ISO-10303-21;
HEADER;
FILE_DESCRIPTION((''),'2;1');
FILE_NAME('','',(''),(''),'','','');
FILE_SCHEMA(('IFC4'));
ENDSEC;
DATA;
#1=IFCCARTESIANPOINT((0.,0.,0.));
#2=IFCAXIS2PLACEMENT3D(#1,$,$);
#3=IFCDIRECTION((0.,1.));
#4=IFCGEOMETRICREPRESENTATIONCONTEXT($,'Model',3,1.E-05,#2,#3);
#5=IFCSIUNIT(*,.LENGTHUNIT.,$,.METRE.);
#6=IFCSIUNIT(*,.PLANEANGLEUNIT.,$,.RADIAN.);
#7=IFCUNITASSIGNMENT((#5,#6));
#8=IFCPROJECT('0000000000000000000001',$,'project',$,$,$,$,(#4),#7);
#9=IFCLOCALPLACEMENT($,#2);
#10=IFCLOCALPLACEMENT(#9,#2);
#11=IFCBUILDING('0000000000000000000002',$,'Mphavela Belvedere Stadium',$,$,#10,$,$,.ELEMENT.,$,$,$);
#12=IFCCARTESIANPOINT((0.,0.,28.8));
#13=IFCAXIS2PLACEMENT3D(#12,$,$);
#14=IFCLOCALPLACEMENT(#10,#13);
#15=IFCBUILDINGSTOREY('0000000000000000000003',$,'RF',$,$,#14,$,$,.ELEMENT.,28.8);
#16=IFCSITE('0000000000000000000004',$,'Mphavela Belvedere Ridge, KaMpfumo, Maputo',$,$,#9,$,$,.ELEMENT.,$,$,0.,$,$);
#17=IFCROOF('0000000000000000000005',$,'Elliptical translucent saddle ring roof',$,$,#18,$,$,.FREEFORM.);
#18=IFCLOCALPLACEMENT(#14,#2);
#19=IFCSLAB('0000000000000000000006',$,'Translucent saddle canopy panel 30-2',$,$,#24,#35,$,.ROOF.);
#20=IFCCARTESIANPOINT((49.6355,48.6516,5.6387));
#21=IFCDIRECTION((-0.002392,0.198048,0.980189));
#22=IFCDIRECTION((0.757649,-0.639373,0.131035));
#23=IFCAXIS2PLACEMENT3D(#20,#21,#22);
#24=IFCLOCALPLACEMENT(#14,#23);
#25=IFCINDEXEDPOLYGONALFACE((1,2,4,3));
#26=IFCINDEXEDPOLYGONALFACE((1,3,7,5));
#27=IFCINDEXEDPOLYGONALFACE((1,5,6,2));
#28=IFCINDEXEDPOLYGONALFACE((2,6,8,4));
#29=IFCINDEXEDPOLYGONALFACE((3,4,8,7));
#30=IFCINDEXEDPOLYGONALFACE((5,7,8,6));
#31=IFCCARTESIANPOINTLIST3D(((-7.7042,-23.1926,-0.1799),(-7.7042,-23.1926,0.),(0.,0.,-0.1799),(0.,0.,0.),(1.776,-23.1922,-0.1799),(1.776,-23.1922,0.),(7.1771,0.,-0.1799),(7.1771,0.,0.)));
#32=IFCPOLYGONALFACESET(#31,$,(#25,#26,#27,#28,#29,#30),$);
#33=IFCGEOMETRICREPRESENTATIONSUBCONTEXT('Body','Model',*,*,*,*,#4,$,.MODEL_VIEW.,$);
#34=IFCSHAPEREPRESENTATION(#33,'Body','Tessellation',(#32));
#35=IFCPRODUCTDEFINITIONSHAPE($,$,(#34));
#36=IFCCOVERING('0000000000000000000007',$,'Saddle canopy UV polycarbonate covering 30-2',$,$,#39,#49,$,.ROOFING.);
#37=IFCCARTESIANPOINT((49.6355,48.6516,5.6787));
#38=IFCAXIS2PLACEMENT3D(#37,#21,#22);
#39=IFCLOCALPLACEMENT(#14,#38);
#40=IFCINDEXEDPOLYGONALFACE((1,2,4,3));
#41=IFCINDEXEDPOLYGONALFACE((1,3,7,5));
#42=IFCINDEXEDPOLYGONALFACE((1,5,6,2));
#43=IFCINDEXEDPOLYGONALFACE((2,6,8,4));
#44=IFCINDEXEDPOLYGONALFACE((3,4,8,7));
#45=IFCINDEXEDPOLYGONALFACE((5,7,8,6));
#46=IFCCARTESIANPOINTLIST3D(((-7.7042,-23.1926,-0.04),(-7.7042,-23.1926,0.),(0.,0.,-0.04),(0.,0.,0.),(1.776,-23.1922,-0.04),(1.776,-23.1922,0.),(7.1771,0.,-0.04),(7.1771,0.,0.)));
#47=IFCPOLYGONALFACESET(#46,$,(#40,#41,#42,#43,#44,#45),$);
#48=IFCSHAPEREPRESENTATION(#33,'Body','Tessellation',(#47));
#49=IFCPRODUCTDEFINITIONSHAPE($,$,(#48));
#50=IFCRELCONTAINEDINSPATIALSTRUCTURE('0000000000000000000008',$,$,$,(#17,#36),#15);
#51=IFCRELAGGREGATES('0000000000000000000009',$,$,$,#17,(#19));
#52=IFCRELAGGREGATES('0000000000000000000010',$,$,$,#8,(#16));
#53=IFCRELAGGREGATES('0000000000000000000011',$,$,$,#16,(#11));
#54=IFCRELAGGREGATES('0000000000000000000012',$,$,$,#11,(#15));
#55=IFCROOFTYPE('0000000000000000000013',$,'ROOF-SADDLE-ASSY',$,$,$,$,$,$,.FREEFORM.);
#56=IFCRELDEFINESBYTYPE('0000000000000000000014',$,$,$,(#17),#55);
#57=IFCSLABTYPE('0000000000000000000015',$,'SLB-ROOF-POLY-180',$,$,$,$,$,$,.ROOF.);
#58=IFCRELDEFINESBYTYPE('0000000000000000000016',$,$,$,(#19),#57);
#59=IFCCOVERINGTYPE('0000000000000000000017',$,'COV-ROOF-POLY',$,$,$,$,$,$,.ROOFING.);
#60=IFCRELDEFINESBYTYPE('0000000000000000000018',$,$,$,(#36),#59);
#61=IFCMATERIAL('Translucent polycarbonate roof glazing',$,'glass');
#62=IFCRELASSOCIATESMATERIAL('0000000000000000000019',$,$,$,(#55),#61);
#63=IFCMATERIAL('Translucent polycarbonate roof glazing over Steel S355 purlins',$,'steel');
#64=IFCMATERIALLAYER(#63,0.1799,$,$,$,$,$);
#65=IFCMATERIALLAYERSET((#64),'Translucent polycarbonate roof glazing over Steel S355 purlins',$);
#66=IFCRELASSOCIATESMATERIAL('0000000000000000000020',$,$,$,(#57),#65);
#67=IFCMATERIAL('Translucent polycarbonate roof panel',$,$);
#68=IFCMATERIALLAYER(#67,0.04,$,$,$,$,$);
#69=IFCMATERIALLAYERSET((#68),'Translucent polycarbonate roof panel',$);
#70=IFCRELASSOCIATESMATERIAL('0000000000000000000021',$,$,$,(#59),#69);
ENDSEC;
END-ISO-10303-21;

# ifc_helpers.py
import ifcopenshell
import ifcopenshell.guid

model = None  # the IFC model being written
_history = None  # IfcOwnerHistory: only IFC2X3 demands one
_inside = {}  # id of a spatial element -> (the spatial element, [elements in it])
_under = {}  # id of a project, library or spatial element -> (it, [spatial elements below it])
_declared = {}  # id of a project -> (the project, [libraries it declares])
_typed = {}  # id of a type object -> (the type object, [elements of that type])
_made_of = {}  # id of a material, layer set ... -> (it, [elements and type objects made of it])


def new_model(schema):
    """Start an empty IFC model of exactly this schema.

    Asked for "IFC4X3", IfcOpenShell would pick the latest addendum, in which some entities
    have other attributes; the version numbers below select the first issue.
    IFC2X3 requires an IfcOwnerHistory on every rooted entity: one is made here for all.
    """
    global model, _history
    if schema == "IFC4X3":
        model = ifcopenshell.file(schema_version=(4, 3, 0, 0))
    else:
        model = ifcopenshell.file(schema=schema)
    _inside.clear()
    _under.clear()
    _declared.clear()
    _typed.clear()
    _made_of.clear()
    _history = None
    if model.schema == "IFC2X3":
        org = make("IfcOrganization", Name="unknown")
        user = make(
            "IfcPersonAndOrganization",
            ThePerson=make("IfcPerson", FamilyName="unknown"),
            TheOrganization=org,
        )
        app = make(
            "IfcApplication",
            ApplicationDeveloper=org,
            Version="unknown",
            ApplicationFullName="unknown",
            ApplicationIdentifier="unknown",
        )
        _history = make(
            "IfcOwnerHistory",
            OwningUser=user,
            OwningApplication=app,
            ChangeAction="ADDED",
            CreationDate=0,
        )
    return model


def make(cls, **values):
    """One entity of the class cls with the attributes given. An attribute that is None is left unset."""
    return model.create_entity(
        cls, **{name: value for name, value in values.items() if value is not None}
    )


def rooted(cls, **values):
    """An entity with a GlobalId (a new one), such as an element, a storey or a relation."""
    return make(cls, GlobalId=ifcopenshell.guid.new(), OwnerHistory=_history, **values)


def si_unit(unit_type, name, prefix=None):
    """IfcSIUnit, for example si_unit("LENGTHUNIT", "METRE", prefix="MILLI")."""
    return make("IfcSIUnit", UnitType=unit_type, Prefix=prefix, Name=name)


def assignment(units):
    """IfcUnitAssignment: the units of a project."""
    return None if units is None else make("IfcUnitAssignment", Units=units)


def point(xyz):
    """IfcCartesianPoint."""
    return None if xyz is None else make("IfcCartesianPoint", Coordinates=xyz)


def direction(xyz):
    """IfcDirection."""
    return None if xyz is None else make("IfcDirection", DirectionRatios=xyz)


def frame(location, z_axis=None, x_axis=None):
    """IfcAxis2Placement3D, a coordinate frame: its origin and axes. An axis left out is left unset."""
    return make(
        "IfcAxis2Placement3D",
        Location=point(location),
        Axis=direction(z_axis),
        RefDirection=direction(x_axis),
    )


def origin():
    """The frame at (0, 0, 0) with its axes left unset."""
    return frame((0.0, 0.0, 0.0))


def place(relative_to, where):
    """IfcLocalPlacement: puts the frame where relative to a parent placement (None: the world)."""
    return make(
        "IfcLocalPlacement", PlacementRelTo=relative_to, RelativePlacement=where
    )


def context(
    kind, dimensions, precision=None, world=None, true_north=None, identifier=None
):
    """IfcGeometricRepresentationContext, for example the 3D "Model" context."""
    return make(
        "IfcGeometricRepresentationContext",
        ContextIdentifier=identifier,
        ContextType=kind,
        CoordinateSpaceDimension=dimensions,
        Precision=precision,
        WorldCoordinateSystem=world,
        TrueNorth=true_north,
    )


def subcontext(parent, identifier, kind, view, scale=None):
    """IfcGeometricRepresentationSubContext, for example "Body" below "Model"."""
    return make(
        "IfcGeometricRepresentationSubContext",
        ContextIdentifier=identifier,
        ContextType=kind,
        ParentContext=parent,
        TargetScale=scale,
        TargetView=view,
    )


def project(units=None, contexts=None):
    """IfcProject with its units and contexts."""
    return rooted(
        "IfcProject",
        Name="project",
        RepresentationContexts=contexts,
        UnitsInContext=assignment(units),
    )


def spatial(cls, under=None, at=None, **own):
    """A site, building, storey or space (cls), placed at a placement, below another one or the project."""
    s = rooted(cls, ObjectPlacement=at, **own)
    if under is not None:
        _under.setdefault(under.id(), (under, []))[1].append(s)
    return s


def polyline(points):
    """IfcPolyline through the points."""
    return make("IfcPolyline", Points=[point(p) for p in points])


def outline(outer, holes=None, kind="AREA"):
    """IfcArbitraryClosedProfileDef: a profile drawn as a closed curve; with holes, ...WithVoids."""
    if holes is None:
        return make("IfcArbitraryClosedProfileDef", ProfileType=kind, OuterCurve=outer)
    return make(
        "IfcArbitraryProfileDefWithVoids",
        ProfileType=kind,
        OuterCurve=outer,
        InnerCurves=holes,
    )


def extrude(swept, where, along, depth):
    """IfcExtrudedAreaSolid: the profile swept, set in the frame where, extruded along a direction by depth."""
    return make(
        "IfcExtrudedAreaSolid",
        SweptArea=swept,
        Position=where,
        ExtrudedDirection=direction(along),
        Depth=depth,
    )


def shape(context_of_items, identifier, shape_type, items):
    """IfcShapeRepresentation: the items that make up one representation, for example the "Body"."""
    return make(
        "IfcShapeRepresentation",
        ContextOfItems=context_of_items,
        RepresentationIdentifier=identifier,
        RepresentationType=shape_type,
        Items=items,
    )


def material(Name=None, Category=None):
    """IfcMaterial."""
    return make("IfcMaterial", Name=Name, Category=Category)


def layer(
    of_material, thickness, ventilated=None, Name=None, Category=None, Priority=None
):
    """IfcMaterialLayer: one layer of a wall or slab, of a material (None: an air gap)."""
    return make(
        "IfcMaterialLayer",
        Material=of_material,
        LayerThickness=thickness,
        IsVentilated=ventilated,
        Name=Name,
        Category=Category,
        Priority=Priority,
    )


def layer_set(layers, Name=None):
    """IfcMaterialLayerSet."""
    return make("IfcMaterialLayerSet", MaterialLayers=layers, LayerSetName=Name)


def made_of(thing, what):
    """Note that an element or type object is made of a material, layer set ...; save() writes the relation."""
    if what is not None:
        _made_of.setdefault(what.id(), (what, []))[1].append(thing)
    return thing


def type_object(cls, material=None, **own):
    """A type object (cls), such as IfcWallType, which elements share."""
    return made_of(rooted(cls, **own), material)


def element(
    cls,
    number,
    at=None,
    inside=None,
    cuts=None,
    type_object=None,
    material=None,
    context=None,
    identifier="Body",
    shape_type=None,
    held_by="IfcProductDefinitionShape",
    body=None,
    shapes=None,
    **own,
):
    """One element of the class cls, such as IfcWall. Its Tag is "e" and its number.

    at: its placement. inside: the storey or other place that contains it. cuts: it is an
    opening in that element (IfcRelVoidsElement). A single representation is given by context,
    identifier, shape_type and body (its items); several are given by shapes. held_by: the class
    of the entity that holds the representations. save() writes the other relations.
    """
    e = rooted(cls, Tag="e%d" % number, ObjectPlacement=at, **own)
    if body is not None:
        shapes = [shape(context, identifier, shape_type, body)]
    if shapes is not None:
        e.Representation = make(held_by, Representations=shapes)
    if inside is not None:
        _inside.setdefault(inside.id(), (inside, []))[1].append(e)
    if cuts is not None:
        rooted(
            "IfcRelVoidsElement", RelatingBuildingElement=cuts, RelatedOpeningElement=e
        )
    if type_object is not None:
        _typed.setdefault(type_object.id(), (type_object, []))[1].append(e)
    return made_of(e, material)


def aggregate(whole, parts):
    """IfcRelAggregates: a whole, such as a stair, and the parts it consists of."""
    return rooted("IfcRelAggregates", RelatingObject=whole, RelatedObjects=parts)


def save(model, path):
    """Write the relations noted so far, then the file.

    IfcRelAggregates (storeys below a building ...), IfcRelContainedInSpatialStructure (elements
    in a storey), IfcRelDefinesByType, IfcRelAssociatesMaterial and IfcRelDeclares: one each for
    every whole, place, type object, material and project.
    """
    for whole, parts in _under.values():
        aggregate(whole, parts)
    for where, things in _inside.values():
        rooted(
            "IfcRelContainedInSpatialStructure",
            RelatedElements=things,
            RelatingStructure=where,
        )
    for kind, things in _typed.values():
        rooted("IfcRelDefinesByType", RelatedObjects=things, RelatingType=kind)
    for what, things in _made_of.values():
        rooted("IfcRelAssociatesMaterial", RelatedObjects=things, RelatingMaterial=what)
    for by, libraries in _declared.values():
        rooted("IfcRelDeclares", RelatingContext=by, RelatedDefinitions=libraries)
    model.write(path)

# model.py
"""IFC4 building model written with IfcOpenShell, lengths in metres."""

from ifc_helpers import new_model, si_unit, direction, frame, origin, place, context, subcontext, project, spatial, polyline, outline, extrude, material, layer, layer_set, type_object, element, aggregate, save


model = new_model("IFC4")

# Units and contexts
model_context = context("Model", 3, precision=1e-05, world=origin(), true_north=direction((0.0, 1.0)))
body_context = subcontext(model_context, "Body", "Model", "MODEL_VIEW")
ifc_project = project(units=[si_unit("LENGTHUNIT", "METRE"), si_unit("PLANEANGLEUNIT", "RADIAN")], contexts=[model_context])

# Site, building, storey
site_placement = place(None, origin())
site = spatial("IfcSite", under=ifc_project, at=site_placement, Name="Mphavela Belvedere Ridge, KaMpfumo, Maputo", CompositionType="ELEMENT", RefElevation=0.0)
building_placement = place(site_placement, origin())
building = spatial("IfcBuilding", under=site, at=building_placement, Name="Mphavela Belvedere Stadium", CompositionType="ELEMENT")
storey_placement = place(building_placement, frame((0.0, 0.0, 28.8)))
storey = spatial("IfcBuildingStorey", under=building, at=storey_placement, Name="RF", CompositionType="ELEMENT", Elevation=28.8)

# Roof, slab
ifc_material_1 = material(Name="Translucent polycarbonate roof glazing", Category="glass")
roof_type = type_object("IfcRoofType", Name="ROOF-SADDLE-ASSY", PredefinedType="FREEFORM", material=ifc_material_1)
roof_placement = place(storey_placement, origin())
roof = element("IfcRoof", 1, at=roof_placement, inside=storey, type_object=roof_type, Name="Elliptical translucent saddle ring roof", PredefinedType="FREEFORM")
ifc_material_2 = material(Name="Translucent polycarbonate roof glazing over Steel S355 purlins", Category="steel")
ifc_layer_1 = layer(ifc_material_2, 0.1799)
ifc_layer_set_1 = layer_set([ifc_layer_1], Name="Translucent polycarbonate roof glazing over Steel S355 purlins")
slab_type = type_object("IfcSlabType", Name="SLB-ROOF-POLY-180", PredefinedType="ROOF", material=ifc_layer_set_1)
slab_placement = place(storey_placement, frame((49.6355, 48.6516, 5.6387), z_axis=(-0.002392, 0.198048, 0.980189), x_axis=(0.757649, -0.639373, 0.131035)))
slab = element("IfcSlab", 2, at=slab_placement, type_object=slab_type, Name="Translucent saddle canopy panel 30-2", PredefinedType="ROOF", context=body_context, shape_type="SweptSolid", body=[
    extrude(outline(polyline([(0.0, 0.0), (7.1771, 0.0), (1.776, -23.1922), (-7.7042, -23.1926), (0.0, 0.0)])), origin(), (0.0, 0.0, -1.0), 0.1799),
])
aggregate(roof, [slab])

# Covering
ifc_material_3 = material(Name="Translucent polycarbonate roof panel")
ifc_layer_2 = layer(ifc_material_3, 0.04)
ifc_layer_set_2 = layer_set([ifc_layer_2], Name="Translucent polycarbonate roof panel")
covering_type = type_object("IfcCoveringType", Name="COV-ROOF-POLY", PredefinedType="ROOFING", material=ifc_layer_set_2)
covering_placement = place(storey_placement, frame((49.6355, 48.6516, 5.6787), z_axis=(-0.002392, 0.198048, 0.980189), x_axis=(0.757649, -0.639373, 0.131035)))
element("IfcCovering", 3, at=covering_placement, inside=storey, type_object=covering_type, Name="Saddle canopy UV polycarbonate covering 30-2", PredefinedType="ROOFING", context=body_context, shape_type="SweptSolid", body=[
    extrude(outline(polyline([(0.0, 0.0), (7.1771, 0.0), (1.776, -23.1922), (-7.7042, -23.1926), (0.0, 0.0)])), origin(), (0.0, 0.0, -1.0), 0.04),
])

save(model, "model.ifc")
